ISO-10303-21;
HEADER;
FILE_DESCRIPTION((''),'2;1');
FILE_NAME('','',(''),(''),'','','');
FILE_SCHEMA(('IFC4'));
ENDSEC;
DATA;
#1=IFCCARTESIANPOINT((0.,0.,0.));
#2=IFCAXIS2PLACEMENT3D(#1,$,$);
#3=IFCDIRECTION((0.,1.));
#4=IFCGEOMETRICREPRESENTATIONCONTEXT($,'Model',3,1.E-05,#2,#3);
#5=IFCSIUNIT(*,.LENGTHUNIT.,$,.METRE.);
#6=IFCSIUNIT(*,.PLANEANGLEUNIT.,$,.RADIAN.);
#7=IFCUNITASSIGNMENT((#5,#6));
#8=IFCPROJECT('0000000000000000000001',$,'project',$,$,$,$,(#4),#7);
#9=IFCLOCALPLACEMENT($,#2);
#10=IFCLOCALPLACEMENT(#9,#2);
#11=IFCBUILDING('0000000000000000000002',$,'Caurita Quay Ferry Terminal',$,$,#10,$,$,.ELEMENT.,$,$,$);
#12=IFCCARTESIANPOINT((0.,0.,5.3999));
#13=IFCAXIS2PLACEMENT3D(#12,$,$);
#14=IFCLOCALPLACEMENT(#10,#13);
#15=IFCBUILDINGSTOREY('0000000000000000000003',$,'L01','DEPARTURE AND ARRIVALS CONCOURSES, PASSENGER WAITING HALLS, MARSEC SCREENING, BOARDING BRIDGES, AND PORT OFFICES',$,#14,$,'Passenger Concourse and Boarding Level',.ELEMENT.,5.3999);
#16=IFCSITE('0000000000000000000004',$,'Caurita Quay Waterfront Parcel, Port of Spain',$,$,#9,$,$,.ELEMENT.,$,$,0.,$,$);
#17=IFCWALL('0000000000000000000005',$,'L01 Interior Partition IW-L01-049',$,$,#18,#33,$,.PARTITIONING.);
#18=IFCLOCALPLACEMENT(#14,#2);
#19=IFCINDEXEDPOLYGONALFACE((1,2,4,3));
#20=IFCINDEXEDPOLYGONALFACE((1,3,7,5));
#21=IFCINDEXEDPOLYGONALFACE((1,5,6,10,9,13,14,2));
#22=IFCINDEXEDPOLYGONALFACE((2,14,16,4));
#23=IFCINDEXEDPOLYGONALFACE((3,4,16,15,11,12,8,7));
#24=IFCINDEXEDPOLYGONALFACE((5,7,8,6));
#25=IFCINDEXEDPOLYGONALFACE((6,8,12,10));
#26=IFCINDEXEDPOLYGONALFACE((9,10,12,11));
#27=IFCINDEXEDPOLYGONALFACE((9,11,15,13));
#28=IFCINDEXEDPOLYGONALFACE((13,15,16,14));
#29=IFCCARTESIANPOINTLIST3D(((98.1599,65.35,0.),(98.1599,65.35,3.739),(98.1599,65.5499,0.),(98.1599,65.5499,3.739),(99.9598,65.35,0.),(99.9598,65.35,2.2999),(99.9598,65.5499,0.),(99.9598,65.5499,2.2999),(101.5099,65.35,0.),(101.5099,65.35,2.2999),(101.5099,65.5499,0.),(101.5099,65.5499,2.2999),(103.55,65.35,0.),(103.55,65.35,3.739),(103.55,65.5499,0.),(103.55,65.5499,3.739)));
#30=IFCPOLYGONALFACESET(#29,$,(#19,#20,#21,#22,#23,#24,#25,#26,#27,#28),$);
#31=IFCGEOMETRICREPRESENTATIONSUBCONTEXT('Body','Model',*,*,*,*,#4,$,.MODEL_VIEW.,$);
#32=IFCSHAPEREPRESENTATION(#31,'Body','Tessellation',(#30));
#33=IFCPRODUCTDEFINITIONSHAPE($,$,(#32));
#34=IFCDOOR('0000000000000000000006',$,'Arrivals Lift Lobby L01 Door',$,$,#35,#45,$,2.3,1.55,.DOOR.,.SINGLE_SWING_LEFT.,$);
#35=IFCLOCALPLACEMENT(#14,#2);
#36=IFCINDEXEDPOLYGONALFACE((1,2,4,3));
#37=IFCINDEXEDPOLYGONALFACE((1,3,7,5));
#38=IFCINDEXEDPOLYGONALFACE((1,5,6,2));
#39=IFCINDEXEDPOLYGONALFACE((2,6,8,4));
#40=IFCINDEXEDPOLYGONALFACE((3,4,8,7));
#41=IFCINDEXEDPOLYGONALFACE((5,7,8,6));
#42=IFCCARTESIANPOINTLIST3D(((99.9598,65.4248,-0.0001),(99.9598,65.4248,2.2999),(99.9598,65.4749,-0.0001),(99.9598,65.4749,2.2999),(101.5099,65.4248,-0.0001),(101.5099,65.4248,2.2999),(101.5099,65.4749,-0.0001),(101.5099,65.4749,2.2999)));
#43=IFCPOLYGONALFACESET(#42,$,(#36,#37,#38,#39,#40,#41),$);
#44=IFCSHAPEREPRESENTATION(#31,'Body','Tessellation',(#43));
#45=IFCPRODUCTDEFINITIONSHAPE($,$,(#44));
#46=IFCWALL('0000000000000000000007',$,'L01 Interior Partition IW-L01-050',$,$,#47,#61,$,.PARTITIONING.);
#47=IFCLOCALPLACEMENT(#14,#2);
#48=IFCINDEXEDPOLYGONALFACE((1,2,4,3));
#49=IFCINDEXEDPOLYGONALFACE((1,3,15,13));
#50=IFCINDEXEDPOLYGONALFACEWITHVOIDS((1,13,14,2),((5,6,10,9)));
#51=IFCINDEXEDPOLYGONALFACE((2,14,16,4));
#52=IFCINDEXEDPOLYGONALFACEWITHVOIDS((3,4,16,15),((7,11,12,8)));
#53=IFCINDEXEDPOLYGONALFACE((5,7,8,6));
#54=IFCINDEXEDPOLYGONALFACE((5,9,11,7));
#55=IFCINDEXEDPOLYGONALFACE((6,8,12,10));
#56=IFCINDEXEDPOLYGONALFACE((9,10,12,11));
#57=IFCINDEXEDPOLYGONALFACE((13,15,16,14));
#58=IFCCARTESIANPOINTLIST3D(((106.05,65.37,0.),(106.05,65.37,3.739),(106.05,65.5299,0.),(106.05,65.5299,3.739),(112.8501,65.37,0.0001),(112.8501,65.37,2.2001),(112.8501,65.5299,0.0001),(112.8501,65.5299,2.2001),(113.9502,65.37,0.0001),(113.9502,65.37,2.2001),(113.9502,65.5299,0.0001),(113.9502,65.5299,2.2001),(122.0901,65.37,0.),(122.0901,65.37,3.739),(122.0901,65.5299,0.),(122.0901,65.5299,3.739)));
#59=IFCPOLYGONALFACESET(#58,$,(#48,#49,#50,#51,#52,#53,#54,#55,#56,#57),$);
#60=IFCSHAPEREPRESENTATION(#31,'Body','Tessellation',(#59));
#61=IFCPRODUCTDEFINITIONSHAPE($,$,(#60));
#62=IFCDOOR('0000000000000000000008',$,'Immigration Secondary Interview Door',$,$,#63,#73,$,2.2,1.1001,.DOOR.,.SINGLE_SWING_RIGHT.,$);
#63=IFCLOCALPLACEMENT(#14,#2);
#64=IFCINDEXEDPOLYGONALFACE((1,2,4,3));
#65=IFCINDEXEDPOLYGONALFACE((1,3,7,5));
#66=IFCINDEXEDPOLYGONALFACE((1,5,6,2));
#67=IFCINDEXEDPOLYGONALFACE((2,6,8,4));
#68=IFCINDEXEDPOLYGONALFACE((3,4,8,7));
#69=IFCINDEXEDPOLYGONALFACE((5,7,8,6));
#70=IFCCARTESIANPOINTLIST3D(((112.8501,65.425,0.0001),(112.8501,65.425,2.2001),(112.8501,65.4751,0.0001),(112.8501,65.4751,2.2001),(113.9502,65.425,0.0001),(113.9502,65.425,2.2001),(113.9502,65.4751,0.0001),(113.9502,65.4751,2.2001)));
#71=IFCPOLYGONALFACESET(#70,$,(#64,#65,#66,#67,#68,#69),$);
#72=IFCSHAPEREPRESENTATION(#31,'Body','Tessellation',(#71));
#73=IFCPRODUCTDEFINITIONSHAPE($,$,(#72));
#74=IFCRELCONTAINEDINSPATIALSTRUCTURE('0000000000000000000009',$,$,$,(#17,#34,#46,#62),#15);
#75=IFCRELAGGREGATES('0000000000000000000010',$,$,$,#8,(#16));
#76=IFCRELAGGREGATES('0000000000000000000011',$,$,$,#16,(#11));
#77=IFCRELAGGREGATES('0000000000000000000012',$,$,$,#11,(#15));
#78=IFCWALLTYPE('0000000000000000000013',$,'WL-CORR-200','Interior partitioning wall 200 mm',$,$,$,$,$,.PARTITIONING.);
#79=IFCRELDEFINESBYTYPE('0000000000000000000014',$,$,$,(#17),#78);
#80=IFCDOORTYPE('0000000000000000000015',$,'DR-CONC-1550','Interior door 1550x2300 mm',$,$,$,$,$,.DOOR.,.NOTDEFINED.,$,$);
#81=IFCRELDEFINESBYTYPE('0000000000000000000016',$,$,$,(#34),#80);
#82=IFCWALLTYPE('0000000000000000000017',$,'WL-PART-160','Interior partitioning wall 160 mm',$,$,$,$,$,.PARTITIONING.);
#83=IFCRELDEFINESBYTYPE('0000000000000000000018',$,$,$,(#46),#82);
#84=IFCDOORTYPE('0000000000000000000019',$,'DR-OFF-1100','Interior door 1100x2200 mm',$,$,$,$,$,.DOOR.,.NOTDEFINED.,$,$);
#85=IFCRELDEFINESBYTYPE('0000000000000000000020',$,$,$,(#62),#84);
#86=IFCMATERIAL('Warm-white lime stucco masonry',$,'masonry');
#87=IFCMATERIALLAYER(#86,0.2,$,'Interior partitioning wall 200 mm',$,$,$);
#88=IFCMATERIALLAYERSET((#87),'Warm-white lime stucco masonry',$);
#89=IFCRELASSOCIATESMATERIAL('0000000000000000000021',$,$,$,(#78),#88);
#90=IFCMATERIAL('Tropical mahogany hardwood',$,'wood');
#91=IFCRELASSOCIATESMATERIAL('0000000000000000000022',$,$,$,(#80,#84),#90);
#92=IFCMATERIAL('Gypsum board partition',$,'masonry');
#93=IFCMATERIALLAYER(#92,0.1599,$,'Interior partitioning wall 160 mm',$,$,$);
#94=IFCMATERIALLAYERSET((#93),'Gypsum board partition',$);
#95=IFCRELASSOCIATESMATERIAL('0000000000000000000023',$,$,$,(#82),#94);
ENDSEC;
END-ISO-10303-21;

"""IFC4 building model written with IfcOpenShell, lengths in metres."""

from ifc_helpers import new_model, si_unit, direction, frame, frame_2d, origin, place, context, subcontext, project, spatial, rectangle, extrude, material, layer, layer_set, type_object, element, fill, save


model = new_model("IFC4")

# Units and contexts
model_context = context("Model", 3, precision=1e-05, world=origin(), true_north=direction((0.0, 1.0)))
body_context = subcontext(model_context, "Body", "Model", "MODEL_VIEW")
ifc_project = project(units=[si_unit("LENGTHUNIT", "METRE"), si_unit("PLANEANGLEUNIT", "RADIAN")], contexts=[model_context])

# Site, building, storey
site_placement = place(None, origin())
site = spatial("IfcSite", under=ifc_project, at=site_placement, Name="Caurita Quay Waterfront Parcel, Port of Spain", CompositionType="ELEMENT", RefElevation=0.0)
building_placement = place(site_placement, origin())
building = spatial("IfcBuilding", under=site, at=building_placement, Name="Caurita Quay Ferry Terminal", CompositionType="ELEMENT")
storey_placement = place(building_placement, frame((0.0, 0.0, 5.3999)))
storey = spatial("IfcBuildingStorey", under=building, at=storey_placement, Name="L01", Description="DEPARTURE AND ARRIVALS CONCOURSES, PASSENGER WAITING HALLS, MARSEC SCREENING, BOARDING BRIDGES, AND PORT OFFICES", LongName="Passenger Concourse and Boarding Level", CompositionType="ELEMENT", Elevation=5.3999)

# Walls, openings, doors
ifc_material_1 = material(Name="Warm-white lime stucco masonry", Category="masonry")
ifc_layer_1 = layer(ifc_material_1, 0.2, Name="Interior partitioning wall 200 mm")
ifc_layer_set_1 = layer_set([ifc_layer_1], Name="Warm-white lime stucco masonry")
wall_type_1 = type_object("IfcWallType", Name="WL-CORR-200", Description="Interior partitioning wall 200 mm", PredefinedType="PARTITIONING", material=ifc_layer_set_1)
wall_1_placement = place(storey_placement, frame((98.1599, 65.45, 0.0), z_axis=(0.0, 0.0, 1.0), x_axis=(1.0, 0.0, 0.0)))
wall_1 = element("IfcWall", 1, at=wall_1_placement, inside=storey, type_object=wall_type_1, Name="L01 Interior Partition IW-L01-049", PredefinedType="PARTITIONING", context=body_context, shape_type="SweptSolid", body=[
    extrude(rectangle(XDim=5.3901, YDim=0.2, at=frame_2d((2.6951, 0.0))), origin(), (0.0, 0.0, 1.0), 3.739),
])
opening_1_placement = place(wall_1_placement, frame((1.8, 0.0, 0.0)))
opening_1 = element("IfcOpeningElement", 2, at=opening_1_placement, cuts=wall_1, PredefinedType="OPENING", context=body_context, shape_type="SweptSolid", body=[
    extrude(rectangle(XDim=1.55, YDim=2.3, at=frame_2d((0.7749, 1.1499))), frame((0.0, 0.1099, 0.0), z_axis=(0.0, -1.0, 0.0), x_axis=(1.0, 0.0, 0.0)), (0.0, 0.0, 1.0), 0.22),
])
ifc_material_2 = material(Name="Tropical mahogany hardwood", Category="wood")
door_type_1 = type_object("IfcDoorType", Name="DR-CONC-1550", Description="Interior door 1550x2300 mm", OperationType="NOTDEFINED", PredefinedType="DOOR", material=ifc_material_2)
door_1_placement = place(opening_1_placement, origin())
door_1 = element("IfcDoor", 3, at=door_1_placement, inside=storey, type_object=door_type_1, Name="Arrivals Lift Lobby L01 Door", OperationType="SINGLE_SWING_LEFT", OverallHeight=2.3, OverallWidth=1.55, PredefinedType="DOOR", context=body_context, shape_type="SweptSolid", body=[
    extrude(rectangle(XDim=1.55, YDim=2.3, at=frame_2d((0.7749, 1.1499))), frame((0.0, 0.0249, 0.0), z_axis=(0.0, -1.0, 0.0), x_axis=(1.0, 0.0, 0.0)), (0.0, 0.0, 1.0), 0.05),
])
fill(opening_1, door_1)
ifc_material_3 = material(Name="Gypsum board partition", Category="masonry")
ifc_layer_2 = layer(ifc_material_3, 0.1599, Name="Interior partitioning wall 160 mm")
ifc_layer_set_2 = layer_set([ifc_layer_2], Name="Gypsum board partition")
wall_type_2 = type_object("IfcWallType", Name="WL-PART-160", Description="Interior partitioning wall 160 mm", PredefinedType="PARTITIONING", material=ifc_layer_set_2)
wall_2_placement = place(storey_placement, frame((106.05, 65.45, 0.0), z_axis=(0.0, 0.0, 1.0), x_axis=(1.0, 0.0, 0.0)))
wall_2 = element("IfcWall", 4, at=wall_2_placement, inside=storey, type_object=wall_type_2, Name="L01 Interior Partition IW-L01-050", PredefinedType="PARTITIONING", context=body_context, shape_type="SweptSolid", body=[
    extrude(rectangle(XDim=16.04, YDim=0.1599, at=frame_2d((8.02, 0.0))), origin(), (0.0, 0.0, 1.0), 3.739),
])
opening_2_placement = place(wall_2_placement, frame((6.8, 0.0, 0.0)))
opening_2 = element("IfcOpeningElement", 5, at=opening_2_placement, cuts=wall_2, PredefinedType="OPENING", context=body_context, shape_type="SweptSolid", body=[
    extrude(rectangle(XDim=1.1001, YDim=2.2, at=frame_2d((0.55, 1.1001))), frame((0.0, 0.0898, 0.0), z_axis=(0.0, -1.0, 0.0), x_axis=(1.0, 0.0, 0.0)), (0.0, 0.0, 1.0), 0.1799),
])
door_type_2 = type_object("IfcDoorType", Name="DR-OFF-1100", Description="Interior door 1100x2200 mm", OperationType="NOTDEFINED", PredefinedType="DOOR", material=ifc_material_2)
door_2_placement = place(opening_2_placement, frame((1.1001, 0.0, 0.0), z_axis=(0.0, 0.0, 1.0), x_axis=(-1.0, 0.0, 0.0)))
door_2 = element("IfcDoor", 6, at=door_2_placement, inside=storey, type_object=door_type_2, Name="Immigration Secondary Interview Door", OperationType="SINGLE_SWING_RIGHT", OverallHeight=2.2, OverallWidth=1.1001, PredefinedType="DOOR", context=body_context, shape_type="SweptSolid", body=[
    extrude(rectangle(XDim=1.1001, YDim=2.2, at=frame_2d((0.55, 1.1001))), frame((0.0, 0.0249, 0.0), z_axis=(0.0, -1.0, 0.0), x_axis=(1.0, 0.0, 0.0)), (0.0, 0.0, 1.0), 0.05),
])
fill(opening_2, door_2)

save(model, "model.ifc")
